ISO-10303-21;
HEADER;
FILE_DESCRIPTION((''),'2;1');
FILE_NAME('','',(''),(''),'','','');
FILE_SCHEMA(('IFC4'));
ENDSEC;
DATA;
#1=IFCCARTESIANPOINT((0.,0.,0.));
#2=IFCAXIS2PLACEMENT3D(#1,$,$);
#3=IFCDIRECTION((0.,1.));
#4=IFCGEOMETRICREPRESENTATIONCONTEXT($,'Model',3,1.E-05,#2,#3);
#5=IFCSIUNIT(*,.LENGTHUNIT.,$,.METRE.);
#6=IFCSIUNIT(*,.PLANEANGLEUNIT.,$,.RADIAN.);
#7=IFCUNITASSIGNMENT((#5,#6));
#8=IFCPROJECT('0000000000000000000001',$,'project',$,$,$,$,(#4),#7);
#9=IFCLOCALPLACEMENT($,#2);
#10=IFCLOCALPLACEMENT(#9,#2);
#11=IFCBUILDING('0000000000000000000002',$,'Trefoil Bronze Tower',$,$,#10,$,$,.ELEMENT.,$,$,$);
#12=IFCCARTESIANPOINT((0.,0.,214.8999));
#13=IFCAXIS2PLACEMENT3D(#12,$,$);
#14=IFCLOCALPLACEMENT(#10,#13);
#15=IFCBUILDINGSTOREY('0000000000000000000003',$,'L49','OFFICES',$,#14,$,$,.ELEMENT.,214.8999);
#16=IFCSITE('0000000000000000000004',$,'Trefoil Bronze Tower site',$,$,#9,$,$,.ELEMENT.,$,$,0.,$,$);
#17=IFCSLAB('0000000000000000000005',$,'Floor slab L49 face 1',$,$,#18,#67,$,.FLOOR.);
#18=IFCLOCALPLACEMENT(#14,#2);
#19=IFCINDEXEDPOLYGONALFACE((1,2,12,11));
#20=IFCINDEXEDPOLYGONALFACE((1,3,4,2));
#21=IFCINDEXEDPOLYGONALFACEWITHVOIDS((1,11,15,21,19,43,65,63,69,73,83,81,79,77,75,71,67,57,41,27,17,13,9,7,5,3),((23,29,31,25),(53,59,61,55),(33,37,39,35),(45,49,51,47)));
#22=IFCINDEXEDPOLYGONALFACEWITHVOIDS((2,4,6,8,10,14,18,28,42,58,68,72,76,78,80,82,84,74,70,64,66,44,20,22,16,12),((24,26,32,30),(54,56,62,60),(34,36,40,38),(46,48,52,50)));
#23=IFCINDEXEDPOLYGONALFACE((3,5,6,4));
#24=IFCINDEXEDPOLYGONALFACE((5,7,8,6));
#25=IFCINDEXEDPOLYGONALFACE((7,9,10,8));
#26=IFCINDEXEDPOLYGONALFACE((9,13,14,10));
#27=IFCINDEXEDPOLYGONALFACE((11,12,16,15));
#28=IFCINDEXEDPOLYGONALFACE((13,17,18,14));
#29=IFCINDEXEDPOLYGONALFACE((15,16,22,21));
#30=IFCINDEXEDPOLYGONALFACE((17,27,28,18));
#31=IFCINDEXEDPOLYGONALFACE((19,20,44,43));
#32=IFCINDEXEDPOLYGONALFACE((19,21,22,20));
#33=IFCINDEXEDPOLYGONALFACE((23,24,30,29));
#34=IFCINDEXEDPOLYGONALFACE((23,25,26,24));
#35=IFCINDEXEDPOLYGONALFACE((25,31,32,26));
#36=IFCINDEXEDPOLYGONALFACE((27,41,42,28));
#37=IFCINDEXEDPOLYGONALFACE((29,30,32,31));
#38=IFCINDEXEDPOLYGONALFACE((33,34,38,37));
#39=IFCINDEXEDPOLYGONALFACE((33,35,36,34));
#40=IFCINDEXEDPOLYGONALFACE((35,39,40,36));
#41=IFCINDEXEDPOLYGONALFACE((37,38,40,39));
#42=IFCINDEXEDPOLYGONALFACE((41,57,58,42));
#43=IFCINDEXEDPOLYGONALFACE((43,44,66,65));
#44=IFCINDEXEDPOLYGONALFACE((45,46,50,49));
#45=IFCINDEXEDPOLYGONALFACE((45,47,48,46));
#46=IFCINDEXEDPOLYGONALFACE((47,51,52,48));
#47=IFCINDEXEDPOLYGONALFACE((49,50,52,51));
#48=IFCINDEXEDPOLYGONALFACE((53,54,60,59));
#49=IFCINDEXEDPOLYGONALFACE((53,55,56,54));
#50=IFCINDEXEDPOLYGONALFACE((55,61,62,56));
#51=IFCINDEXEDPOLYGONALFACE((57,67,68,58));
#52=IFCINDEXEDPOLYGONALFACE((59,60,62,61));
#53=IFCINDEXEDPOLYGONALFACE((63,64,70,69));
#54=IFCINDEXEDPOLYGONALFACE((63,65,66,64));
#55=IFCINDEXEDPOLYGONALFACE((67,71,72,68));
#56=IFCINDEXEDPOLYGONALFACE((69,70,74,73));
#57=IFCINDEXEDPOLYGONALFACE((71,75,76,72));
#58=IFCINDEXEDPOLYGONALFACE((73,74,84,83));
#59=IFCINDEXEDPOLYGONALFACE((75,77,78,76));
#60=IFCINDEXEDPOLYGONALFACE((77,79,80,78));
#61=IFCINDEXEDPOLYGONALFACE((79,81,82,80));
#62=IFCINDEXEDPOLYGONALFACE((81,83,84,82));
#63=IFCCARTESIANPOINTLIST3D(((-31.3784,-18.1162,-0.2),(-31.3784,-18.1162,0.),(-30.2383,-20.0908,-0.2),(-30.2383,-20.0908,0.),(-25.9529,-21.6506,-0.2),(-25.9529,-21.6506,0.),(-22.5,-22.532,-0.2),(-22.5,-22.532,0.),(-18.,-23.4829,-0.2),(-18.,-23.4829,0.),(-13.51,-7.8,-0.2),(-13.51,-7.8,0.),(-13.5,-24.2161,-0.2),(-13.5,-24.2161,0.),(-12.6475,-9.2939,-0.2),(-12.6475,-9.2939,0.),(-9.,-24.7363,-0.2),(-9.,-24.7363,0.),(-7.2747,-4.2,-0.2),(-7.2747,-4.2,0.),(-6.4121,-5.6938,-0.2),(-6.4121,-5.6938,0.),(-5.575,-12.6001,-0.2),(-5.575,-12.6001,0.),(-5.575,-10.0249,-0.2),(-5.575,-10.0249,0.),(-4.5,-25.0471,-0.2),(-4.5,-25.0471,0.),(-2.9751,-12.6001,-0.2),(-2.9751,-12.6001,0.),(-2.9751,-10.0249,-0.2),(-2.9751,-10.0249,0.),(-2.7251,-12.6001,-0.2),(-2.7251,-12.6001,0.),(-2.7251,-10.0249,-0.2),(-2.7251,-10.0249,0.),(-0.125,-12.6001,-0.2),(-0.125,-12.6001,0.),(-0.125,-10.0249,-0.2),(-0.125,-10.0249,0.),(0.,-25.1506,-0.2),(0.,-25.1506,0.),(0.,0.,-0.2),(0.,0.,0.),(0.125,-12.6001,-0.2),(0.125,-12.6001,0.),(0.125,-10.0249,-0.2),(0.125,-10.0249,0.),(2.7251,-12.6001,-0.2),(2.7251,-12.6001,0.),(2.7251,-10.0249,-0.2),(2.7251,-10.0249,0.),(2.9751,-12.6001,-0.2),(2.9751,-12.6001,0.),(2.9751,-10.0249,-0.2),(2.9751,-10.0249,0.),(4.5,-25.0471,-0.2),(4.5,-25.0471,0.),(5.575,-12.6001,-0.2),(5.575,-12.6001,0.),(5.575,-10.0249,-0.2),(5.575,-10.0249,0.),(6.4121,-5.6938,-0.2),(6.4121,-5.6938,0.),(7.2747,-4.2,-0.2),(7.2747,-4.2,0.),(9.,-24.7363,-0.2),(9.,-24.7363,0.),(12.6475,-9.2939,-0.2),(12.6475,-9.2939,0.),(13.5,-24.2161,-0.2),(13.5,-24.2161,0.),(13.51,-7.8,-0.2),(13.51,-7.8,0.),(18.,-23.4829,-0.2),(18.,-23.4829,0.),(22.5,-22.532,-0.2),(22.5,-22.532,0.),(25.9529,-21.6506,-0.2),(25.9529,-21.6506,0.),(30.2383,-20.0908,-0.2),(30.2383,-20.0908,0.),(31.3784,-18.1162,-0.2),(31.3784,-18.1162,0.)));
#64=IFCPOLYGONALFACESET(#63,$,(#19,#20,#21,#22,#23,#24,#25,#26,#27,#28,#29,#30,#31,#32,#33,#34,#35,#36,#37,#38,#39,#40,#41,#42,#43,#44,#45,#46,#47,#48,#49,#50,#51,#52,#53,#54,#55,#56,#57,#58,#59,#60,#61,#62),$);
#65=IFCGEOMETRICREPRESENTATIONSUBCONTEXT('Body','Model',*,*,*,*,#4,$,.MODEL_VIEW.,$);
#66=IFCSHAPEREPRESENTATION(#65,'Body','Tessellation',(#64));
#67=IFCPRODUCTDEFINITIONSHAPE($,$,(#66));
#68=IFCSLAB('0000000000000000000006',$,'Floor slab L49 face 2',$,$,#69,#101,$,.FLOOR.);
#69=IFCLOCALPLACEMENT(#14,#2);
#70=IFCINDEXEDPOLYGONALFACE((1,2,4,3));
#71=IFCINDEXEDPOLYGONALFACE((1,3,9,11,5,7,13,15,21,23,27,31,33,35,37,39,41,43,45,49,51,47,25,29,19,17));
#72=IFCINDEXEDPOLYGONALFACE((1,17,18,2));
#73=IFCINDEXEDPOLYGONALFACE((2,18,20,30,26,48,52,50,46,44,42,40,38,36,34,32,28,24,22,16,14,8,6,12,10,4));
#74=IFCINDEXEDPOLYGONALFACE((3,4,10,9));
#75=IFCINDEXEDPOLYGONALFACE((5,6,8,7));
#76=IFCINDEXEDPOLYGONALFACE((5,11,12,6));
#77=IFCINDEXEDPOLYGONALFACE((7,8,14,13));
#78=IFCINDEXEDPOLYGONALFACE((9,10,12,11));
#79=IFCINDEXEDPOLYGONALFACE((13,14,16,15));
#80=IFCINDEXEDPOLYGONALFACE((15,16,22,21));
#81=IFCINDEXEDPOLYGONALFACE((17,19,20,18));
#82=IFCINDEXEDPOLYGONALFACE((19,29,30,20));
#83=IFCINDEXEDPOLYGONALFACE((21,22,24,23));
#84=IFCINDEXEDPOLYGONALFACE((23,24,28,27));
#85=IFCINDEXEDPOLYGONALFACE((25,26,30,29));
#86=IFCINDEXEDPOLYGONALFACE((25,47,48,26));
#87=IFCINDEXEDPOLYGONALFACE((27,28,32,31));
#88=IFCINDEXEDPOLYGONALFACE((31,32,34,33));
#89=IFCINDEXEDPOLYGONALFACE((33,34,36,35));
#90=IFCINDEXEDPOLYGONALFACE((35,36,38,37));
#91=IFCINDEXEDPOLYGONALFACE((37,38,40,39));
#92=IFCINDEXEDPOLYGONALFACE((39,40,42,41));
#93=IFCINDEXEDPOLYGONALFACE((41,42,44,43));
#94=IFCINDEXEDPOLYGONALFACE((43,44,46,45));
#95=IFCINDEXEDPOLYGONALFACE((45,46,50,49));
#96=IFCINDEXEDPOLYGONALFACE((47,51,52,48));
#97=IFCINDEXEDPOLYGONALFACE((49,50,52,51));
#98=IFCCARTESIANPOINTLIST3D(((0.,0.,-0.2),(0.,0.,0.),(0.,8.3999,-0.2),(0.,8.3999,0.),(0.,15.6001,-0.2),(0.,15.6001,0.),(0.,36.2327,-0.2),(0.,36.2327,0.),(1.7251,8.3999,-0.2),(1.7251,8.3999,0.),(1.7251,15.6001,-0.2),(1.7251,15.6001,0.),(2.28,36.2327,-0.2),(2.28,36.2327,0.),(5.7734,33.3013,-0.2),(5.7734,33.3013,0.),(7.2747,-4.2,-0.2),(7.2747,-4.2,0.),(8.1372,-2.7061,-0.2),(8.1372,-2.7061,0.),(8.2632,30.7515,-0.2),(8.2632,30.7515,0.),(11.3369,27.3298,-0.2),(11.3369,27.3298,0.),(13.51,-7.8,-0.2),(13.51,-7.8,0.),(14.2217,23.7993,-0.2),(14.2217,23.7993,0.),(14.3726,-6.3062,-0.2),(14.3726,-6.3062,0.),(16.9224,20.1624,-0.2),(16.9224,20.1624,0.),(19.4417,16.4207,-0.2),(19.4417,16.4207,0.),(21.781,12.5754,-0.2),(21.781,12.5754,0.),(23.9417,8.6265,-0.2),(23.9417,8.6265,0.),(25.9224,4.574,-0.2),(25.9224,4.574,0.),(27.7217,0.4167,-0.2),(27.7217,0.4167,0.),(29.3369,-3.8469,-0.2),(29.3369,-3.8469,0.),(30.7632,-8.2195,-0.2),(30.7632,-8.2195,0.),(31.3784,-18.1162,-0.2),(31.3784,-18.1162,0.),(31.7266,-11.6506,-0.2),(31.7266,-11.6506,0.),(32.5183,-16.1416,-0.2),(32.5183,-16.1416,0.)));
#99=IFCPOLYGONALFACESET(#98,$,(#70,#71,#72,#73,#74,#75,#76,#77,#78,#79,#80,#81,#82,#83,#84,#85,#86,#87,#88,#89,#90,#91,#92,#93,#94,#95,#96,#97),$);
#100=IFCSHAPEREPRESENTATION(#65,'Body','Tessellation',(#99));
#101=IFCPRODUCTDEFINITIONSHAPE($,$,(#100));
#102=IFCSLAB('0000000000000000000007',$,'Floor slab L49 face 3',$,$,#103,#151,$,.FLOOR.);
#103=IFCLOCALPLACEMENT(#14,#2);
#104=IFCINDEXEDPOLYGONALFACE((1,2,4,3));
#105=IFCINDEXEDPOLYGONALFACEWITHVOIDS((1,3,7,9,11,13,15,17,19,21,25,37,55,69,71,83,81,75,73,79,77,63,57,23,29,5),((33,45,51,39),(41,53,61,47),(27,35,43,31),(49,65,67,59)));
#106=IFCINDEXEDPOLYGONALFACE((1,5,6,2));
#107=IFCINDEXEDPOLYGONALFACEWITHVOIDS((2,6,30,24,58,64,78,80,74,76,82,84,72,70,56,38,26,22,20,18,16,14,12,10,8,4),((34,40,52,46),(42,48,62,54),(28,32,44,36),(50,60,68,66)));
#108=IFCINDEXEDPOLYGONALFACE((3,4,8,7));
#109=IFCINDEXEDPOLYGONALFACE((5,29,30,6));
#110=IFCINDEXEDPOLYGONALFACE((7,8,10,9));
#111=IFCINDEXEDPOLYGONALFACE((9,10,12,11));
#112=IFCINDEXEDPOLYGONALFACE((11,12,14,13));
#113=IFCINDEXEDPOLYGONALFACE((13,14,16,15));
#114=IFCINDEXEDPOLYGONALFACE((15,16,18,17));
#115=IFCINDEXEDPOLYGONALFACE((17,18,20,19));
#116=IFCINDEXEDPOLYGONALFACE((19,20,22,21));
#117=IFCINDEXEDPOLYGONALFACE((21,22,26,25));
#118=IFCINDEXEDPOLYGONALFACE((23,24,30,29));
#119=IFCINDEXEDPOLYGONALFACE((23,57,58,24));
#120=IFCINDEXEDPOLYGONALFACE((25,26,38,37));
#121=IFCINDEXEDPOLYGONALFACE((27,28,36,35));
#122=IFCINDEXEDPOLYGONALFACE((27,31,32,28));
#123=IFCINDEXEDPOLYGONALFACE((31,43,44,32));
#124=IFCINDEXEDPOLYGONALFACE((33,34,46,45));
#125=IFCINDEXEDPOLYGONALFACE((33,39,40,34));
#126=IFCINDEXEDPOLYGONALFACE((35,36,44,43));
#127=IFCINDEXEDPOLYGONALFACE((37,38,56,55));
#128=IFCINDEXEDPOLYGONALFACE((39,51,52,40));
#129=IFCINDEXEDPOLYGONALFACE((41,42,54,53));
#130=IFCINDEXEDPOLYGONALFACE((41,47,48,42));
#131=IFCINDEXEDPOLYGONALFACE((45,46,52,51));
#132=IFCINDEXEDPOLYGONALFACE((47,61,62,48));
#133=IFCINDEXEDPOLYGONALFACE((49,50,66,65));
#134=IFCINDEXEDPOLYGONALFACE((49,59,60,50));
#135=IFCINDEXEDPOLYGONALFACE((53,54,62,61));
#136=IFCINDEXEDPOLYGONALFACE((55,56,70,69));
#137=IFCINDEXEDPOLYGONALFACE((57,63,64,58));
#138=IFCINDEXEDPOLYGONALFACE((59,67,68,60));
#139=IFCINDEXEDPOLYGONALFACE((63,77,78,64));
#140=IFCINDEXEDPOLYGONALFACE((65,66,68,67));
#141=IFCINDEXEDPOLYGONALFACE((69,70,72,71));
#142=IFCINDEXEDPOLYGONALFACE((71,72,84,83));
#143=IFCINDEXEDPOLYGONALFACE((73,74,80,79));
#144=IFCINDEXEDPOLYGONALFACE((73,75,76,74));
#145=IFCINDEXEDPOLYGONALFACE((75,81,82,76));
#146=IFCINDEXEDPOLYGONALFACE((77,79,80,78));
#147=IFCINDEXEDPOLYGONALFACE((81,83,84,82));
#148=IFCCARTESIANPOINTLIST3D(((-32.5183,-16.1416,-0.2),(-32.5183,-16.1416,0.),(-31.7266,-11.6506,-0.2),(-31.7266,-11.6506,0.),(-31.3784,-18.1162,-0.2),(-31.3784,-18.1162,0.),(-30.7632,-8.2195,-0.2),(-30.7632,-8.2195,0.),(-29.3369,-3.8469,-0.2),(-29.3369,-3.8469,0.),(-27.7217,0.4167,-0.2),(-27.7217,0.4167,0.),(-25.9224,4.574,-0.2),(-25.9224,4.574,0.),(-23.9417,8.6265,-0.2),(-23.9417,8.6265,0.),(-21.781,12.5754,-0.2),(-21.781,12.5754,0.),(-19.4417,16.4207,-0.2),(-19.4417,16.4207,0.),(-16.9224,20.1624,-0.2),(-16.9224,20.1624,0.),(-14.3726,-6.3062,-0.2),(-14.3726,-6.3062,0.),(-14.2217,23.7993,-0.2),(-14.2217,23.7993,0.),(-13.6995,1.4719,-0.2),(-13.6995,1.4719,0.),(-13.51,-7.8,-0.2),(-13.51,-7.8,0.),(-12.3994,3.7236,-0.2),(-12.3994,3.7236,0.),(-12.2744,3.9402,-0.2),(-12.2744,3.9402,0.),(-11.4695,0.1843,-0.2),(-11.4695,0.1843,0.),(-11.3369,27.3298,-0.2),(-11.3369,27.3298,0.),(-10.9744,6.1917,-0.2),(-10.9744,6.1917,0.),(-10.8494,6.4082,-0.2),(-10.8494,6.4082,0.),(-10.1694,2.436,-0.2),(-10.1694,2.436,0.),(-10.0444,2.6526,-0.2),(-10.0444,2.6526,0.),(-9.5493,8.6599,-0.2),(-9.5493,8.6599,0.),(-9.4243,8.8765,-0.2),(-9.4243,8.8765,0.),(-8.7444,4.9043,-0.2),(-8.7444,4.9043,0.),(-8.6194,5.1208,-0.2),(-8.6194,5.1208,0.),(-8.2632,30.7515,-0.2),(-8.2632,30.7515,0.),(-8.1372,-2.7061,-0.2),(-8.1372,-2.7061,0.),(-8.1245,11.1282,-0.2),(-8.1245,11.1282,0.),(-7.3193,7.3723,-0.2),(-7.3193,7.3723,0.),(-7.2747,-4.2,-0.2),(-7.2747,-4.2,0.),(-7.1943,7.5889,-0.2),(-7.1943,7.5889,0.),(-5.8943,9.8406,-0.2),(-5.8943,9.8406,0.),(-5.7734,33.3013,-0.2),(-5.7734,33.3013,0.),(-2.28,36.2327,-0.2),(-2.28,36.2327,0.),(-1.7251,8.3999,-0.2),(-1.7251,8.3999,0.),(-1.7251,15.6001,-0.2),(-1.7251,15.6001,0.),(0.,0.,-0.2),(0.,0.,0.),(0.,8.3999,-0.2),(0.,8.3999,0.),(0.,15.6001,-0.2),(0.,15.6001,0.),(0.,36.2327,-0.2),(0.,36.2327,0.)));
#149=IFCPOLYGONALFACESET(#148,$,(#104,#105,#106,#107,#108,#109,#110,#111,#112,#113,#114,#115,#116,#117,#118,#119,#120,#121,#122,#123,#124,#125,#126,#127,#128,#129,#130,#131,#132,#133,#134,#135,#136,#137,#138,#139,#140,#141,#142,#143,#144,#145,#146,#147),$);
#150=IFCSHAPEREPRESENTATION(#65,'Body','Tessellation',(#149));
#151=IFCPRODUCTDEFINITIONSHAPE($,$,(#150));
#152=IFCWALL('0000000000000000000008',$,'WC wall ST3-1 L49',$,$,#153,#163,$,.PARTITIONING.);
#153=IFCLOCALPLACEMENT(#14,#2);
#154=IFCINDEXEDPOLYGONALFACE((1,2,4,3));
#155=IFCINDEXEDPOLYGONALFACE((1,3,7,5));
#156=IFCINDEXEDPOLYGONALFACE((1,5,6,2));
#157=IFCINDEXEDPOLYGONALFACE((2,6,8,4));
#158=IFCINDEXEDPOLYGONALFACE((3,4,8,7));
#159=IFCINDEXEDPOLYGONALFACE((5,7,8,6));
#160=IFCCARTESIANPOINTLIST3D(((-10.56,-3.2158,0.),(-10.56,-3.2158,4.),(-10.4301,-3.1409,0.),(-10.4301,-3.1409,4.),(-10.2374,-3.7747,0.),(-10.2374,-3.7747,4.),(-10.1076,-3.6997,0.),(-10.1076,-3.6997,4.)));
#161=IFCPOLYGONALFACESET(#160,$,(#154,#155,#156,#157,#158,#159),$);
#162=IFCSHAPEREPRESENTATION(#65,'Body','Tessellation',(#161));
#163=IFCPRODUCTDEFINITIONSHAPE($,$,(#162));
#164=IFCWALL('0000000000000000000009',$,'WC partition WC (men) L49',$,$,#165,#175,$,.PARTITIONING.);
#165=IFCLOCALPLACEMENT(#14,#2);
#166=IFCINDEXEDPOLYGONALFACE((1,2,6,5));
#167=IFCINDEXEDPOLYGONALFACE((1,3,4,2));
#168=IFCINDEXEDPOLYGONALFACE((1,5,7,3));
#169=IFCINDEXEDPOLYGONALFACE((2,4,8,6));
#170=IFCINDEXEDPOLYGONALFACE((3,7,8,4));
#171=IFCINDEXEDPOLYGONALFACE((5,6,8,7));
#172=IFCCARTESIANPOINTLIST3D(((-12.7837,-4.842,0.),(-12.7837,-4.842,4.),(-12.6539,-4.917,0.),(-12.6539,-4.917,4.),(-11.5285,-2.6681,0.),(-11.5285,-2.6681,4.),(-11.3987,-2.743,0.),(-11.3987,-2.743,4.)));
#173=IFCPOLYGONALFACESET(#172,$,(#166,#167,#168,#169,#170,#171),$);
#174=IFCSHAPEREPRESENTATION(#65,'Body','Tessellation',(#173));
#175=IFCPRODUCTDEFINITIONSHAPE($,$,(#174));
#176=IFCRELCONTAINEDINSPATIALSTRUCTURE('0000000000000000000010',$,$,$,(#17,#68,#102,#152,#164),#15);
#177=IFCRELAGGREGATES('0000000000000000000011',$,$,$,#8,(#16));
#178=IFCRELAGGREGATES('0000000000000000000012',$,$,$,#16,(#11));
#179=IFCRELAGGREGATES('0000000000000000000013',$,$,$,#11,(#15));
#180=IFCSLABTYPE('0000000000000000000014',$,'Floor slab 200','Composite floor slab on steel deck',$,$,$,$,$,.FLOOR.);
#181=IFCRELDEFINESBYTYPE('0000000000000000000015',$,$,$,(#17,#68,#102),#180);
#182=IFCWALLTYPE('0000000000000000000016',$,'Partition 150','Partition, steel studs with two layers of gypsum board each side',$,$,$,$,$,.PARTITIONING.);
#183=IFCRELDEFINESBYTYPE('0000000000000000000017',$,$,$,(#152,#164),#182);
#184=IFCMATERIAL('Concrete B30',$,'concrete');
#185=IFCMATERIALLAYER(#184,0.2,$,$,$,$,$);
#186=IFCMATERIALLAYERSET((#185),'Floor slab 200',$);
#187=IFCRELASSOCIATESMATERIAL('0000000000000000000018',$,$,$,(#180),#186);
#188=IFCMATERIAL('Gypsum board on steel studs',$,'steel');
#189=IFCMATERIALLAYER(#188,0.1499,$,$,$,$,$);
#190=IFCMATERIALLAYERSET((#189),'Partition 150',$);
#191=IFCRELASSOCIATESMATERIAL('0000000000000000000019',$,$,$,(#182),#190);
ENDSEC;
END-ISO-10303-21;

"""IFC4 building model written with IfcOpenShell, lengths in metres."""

from ifc_helpers import new_model, si_unit, direction, frame, frame_2d, origin, place, context, subcontext, project, spatial, polyline, rectangle, outline, extrude, material, layer, layer_set, type_object, element, save


model = new_model("IFC4")

# Units and contexts
model_context = context("Model", 3, precision=1e-05, world=origin(), true_north=direction((0.0, 1.0)))
body_context = subcontext(model_context, "Body", "Model", "MODEL_VIEW")
ifc_project = project(units=[si_unit("LENGTHUNIT", "METRE"), si_unit("PLANEANGLEUNIT", "RADIAN")], contexts=[model_context])

# Site, building, storey
site_placement = place(None, origin())
site = spatial("IfcSite", under=ifc_project, at=site_placement, Name="Trefoil Bronze Tower site", CompositionType="ELEMENT", RefElevation=0.0)
building_placement = place(site_placement, origin())
building = spatial("IfcBuilding", under=site, at=building_placement, Name="Trefoil Bronze Tower", CompositionType="ELEMENT")
storey_placement = place(building_placement, frame((0.0, 0.0, 214.8999)))
storey = spatial("IfcBuildingStorey", under=building, at=storey_placement, Name="L49", Description="OFFICES", CompositionType="ELEMENT", Elevation=214.8999)

# Slabs
ifc_material_1 = material(Name="Concrete B30", Category="concrete")
ifc_layer_1 = layer(ifc_material_1, 0.2)
ifc_layer_set_1 = layer_set([ifc_layer_1], Name="Floor slab 200")
slab_type = type_object("IfcSlabType", Name="Floor slab 200", Description="Composite floor slab on steel deck", PredefinedType="FLOOR", material=ifc_layer_set_1)
slab_1_placement = place(storey_placement, frame((0.0, 0.0, -0.2)))
element("IfcSlab", 1, at=slab_1_placement, inside=storey, type_object=slab_type, Name="Floor slab L49 face 1", PredefinedType="FLOOR", context=body_context, shape_type="SweptSolid", body=[
    extrude(outline(polyline([(18.0, -23.4829), (13.5, -24.2161), (9.0, -24.7363), (4.5, -25.0471), (0.0, -25.1506), (-4.5, -25.0471), (-9.0, -24.7363), (-13.5, -24.2161), (-18.0, -23.4829), (-22.5, -22.532), (-25.9529, -21.6506), (-30.2383, -20.0908), (-31.3784, -18.1162), (-13.51, -7.8), (-12.6475, -9.2939), (-6.4121, -5.6938), (-7.2747, -4.2), (0.0, 0.0), (7.2747, -4.2), (6.4121, -5.6938), (12.6475, -9.2939), (13.51, -7.8), (31.3784, -18.1162), (30.2383, -20.0908), (25.9529, -21.6506), (22.5, -22.532), (18.0, -23.4829)]), holes=[polyline([(-5.575, -10.0249), (-2.9751, -10.0249), (-2.9751, -12.6001), (-5.575, -12.6001), (-5.575, -10.0249)]), polyline([(-2.7251, -10.0249), (-0.125, -10.0249), (-0.125, -12.6001), (-2.7251, -12.6001), (-2.7251, -10.0249)]), polyline([(0.125, -10.0249), (2.7251, -10.0249), (2.7251, -12.6001), (0.125, -12.6001), (0.125, -10.0249)]), polyline([(2.9751, -10.0249), (5.575, -10.0249), (5.575, -12.6001), (2.9751, -12.6001), (2.9751, -10.0249)])]), origin(), (0.0, 0.0, 1.0), 0.2),
])
slab_2_placement = place(storey_placement, frame((0.0, 0.0, -0.2)))
element("IfcSlab", 2, at=slab_2_placement, inside=storey, type_object=slab_type, Name="Floor slab L49 face 2", PredefinedType="FLOOR", context=body_context, shape_type="SweptSolid", body=[
    extrude(outline(polyline([(11.3369, 27.3298), (14.2217, 23.7993), (16.9224, 20.1624), (19.4417, 16.4207), (21.781, 12.5754), (23.9417, 8.6265), (25.9224, 4.574), (27.7217, 0.4167), (29.3369, -3.8469), (30.7632, -8.2195), (31.7266, -11.6506), (32.5183, -16.1416), (31.3784, -18.1162), (13.51, -7.8), (14.3726, -6.3062), (8.1372, -2.7061), (7.2747, -4.2), (0.0, 0.0), (0.0, 8.3999), (1.7251, 8.3999), (1.7251, 15.6001), (0.0, 15.6001), (0.0, 36.2327), (2.28, 36.2327), (5.7734, 33.3013), (8.2632, 30.7515), (11.3369, 27.3298)])), origin(), (0.0, 0.0, 1.0), 0.2),
])
slab_3_placement = place(storey_placement, frame((0.0, 0.0, -0.2)))
element("IfcSlab", 3, at=slab_3_placement, inside=storey, type_object=slab_type, Name="Floor slab L49 face 3", PredefinedType="FLOOR", context=body_context, shape_type="SweptSolid", body=[
    extrude(outline(polyline([(-29.3369, -3.8469), (-27.7217, 0.4167), (-25.9224, 4.574), (-23.9417, 8.6265), (-21.781, 12.5754), (-19.4417, 16.4207), (-16.9224, 20.1624), (-14.2217, 23.7993), (-11.3369, 27.3298), (-8.2632, 30.7515), (-5.7734, 33.3013), (-2.28, 36.2327), (0.0, 36.2327), (0.0, 15.6001), (-1.7251, 15.6001), (-1.7251, 8.3999), (0.0, 8.3999), (0.0, 0.0), (-7.2747, -4.2), (-8.1372, -2.7061), (-14.3726, -6.3062), (-13.51, -7.8), (-31.3784, -18.1162), (-32.5183, -16.1416), (-31.7266, -11.6506), (-30.7632, -8.2195), (-29.3369, -3.8469)]), holes=[polyline([(-5.8943, 9.8406), (-7.1943, 7.5889), (-9.4243, 8.8765), (-8.1245, 11.1282), (-5.8943, 9.8406)]), polyline([(-7.3193, 7.3723), (-8.6194, 5.1208), (-10.8494, 6.4082), (-9.5493, 8.6599), (-7.3193, 7.3723)]), polyline([(-8.7444, 4.9043), (-10.0444, 2.6526), (-12.2744, 3.9402), (-10.9744, 6.1917), (-8.7444, 4.9043)]), polyline([(-10.1694, 2.436), (-11.4695, 0.1843), (-13.6995, 1.4719), (-12.3994, 3.7236), (-10.1694, 2.436)])]), origin(), (0.0, 0.0, 1.0), 0.2),
])

# Walls
ifc_material_2 = material(Name="Gypsum board on steel studs", Category="steel")
ifc_layer_2 = layer(ifc_material_2, 0.1499)
ifc_layer_set_2 = layer_set([ifc_layer_2], Name="Partition 150")
wall_type_1 = type_object("IfcWallType", Name="Partition 150", Description="Partition, steel studs with two layers of gypsum board each side", PredefinedType="PARTITIONING", material=ifc_layer_set_2)
wall_1_placement = place(storey_placement, frame((-10.4951, -3.1782, 0.0), z_axis=(0.0, 0.0, 1.0), x_axis=(0.499843, -0.866116, 0.0)))
element("IfcWall", 4, at=wall_1_placement, inside=storey, type_object=wall_type_1, Name="WC wall ST3-1 L49", PredefinedType="PARTITIONING", context=body_context, shape_type="SweptSolid", body=[
    extrude(rectangle(XDim=0.6453, YDim=0.1499, at=frame_2d((0.3228, 0.0))), origin(), (0.0, 0.0, 1.0), 4.0),
])
wall_2_placement = place(storey_placement, frame((-11.4636, -2.7056, 0.0), z_axis=(0.0, 0.0, 1.0), x_axis=(-0.50002, -0.866014, 0.0)))
element("IfcWall", 5, at=wall_2_placement, inside=storey, type_object=wall_type_1, Name="WC partition WC (men) L49", PredefinedType="PARTITIONING", context=body_context, shape_type="SweptSolid", body=[
    extrude(rectangle(XDim=2.5103, YDim=0.1499, at=frame_2d((1.2551, 0.0))), origin(), (0.0, 0.0, 1.0), 4.0),
])

save(model, "model.ifc")
